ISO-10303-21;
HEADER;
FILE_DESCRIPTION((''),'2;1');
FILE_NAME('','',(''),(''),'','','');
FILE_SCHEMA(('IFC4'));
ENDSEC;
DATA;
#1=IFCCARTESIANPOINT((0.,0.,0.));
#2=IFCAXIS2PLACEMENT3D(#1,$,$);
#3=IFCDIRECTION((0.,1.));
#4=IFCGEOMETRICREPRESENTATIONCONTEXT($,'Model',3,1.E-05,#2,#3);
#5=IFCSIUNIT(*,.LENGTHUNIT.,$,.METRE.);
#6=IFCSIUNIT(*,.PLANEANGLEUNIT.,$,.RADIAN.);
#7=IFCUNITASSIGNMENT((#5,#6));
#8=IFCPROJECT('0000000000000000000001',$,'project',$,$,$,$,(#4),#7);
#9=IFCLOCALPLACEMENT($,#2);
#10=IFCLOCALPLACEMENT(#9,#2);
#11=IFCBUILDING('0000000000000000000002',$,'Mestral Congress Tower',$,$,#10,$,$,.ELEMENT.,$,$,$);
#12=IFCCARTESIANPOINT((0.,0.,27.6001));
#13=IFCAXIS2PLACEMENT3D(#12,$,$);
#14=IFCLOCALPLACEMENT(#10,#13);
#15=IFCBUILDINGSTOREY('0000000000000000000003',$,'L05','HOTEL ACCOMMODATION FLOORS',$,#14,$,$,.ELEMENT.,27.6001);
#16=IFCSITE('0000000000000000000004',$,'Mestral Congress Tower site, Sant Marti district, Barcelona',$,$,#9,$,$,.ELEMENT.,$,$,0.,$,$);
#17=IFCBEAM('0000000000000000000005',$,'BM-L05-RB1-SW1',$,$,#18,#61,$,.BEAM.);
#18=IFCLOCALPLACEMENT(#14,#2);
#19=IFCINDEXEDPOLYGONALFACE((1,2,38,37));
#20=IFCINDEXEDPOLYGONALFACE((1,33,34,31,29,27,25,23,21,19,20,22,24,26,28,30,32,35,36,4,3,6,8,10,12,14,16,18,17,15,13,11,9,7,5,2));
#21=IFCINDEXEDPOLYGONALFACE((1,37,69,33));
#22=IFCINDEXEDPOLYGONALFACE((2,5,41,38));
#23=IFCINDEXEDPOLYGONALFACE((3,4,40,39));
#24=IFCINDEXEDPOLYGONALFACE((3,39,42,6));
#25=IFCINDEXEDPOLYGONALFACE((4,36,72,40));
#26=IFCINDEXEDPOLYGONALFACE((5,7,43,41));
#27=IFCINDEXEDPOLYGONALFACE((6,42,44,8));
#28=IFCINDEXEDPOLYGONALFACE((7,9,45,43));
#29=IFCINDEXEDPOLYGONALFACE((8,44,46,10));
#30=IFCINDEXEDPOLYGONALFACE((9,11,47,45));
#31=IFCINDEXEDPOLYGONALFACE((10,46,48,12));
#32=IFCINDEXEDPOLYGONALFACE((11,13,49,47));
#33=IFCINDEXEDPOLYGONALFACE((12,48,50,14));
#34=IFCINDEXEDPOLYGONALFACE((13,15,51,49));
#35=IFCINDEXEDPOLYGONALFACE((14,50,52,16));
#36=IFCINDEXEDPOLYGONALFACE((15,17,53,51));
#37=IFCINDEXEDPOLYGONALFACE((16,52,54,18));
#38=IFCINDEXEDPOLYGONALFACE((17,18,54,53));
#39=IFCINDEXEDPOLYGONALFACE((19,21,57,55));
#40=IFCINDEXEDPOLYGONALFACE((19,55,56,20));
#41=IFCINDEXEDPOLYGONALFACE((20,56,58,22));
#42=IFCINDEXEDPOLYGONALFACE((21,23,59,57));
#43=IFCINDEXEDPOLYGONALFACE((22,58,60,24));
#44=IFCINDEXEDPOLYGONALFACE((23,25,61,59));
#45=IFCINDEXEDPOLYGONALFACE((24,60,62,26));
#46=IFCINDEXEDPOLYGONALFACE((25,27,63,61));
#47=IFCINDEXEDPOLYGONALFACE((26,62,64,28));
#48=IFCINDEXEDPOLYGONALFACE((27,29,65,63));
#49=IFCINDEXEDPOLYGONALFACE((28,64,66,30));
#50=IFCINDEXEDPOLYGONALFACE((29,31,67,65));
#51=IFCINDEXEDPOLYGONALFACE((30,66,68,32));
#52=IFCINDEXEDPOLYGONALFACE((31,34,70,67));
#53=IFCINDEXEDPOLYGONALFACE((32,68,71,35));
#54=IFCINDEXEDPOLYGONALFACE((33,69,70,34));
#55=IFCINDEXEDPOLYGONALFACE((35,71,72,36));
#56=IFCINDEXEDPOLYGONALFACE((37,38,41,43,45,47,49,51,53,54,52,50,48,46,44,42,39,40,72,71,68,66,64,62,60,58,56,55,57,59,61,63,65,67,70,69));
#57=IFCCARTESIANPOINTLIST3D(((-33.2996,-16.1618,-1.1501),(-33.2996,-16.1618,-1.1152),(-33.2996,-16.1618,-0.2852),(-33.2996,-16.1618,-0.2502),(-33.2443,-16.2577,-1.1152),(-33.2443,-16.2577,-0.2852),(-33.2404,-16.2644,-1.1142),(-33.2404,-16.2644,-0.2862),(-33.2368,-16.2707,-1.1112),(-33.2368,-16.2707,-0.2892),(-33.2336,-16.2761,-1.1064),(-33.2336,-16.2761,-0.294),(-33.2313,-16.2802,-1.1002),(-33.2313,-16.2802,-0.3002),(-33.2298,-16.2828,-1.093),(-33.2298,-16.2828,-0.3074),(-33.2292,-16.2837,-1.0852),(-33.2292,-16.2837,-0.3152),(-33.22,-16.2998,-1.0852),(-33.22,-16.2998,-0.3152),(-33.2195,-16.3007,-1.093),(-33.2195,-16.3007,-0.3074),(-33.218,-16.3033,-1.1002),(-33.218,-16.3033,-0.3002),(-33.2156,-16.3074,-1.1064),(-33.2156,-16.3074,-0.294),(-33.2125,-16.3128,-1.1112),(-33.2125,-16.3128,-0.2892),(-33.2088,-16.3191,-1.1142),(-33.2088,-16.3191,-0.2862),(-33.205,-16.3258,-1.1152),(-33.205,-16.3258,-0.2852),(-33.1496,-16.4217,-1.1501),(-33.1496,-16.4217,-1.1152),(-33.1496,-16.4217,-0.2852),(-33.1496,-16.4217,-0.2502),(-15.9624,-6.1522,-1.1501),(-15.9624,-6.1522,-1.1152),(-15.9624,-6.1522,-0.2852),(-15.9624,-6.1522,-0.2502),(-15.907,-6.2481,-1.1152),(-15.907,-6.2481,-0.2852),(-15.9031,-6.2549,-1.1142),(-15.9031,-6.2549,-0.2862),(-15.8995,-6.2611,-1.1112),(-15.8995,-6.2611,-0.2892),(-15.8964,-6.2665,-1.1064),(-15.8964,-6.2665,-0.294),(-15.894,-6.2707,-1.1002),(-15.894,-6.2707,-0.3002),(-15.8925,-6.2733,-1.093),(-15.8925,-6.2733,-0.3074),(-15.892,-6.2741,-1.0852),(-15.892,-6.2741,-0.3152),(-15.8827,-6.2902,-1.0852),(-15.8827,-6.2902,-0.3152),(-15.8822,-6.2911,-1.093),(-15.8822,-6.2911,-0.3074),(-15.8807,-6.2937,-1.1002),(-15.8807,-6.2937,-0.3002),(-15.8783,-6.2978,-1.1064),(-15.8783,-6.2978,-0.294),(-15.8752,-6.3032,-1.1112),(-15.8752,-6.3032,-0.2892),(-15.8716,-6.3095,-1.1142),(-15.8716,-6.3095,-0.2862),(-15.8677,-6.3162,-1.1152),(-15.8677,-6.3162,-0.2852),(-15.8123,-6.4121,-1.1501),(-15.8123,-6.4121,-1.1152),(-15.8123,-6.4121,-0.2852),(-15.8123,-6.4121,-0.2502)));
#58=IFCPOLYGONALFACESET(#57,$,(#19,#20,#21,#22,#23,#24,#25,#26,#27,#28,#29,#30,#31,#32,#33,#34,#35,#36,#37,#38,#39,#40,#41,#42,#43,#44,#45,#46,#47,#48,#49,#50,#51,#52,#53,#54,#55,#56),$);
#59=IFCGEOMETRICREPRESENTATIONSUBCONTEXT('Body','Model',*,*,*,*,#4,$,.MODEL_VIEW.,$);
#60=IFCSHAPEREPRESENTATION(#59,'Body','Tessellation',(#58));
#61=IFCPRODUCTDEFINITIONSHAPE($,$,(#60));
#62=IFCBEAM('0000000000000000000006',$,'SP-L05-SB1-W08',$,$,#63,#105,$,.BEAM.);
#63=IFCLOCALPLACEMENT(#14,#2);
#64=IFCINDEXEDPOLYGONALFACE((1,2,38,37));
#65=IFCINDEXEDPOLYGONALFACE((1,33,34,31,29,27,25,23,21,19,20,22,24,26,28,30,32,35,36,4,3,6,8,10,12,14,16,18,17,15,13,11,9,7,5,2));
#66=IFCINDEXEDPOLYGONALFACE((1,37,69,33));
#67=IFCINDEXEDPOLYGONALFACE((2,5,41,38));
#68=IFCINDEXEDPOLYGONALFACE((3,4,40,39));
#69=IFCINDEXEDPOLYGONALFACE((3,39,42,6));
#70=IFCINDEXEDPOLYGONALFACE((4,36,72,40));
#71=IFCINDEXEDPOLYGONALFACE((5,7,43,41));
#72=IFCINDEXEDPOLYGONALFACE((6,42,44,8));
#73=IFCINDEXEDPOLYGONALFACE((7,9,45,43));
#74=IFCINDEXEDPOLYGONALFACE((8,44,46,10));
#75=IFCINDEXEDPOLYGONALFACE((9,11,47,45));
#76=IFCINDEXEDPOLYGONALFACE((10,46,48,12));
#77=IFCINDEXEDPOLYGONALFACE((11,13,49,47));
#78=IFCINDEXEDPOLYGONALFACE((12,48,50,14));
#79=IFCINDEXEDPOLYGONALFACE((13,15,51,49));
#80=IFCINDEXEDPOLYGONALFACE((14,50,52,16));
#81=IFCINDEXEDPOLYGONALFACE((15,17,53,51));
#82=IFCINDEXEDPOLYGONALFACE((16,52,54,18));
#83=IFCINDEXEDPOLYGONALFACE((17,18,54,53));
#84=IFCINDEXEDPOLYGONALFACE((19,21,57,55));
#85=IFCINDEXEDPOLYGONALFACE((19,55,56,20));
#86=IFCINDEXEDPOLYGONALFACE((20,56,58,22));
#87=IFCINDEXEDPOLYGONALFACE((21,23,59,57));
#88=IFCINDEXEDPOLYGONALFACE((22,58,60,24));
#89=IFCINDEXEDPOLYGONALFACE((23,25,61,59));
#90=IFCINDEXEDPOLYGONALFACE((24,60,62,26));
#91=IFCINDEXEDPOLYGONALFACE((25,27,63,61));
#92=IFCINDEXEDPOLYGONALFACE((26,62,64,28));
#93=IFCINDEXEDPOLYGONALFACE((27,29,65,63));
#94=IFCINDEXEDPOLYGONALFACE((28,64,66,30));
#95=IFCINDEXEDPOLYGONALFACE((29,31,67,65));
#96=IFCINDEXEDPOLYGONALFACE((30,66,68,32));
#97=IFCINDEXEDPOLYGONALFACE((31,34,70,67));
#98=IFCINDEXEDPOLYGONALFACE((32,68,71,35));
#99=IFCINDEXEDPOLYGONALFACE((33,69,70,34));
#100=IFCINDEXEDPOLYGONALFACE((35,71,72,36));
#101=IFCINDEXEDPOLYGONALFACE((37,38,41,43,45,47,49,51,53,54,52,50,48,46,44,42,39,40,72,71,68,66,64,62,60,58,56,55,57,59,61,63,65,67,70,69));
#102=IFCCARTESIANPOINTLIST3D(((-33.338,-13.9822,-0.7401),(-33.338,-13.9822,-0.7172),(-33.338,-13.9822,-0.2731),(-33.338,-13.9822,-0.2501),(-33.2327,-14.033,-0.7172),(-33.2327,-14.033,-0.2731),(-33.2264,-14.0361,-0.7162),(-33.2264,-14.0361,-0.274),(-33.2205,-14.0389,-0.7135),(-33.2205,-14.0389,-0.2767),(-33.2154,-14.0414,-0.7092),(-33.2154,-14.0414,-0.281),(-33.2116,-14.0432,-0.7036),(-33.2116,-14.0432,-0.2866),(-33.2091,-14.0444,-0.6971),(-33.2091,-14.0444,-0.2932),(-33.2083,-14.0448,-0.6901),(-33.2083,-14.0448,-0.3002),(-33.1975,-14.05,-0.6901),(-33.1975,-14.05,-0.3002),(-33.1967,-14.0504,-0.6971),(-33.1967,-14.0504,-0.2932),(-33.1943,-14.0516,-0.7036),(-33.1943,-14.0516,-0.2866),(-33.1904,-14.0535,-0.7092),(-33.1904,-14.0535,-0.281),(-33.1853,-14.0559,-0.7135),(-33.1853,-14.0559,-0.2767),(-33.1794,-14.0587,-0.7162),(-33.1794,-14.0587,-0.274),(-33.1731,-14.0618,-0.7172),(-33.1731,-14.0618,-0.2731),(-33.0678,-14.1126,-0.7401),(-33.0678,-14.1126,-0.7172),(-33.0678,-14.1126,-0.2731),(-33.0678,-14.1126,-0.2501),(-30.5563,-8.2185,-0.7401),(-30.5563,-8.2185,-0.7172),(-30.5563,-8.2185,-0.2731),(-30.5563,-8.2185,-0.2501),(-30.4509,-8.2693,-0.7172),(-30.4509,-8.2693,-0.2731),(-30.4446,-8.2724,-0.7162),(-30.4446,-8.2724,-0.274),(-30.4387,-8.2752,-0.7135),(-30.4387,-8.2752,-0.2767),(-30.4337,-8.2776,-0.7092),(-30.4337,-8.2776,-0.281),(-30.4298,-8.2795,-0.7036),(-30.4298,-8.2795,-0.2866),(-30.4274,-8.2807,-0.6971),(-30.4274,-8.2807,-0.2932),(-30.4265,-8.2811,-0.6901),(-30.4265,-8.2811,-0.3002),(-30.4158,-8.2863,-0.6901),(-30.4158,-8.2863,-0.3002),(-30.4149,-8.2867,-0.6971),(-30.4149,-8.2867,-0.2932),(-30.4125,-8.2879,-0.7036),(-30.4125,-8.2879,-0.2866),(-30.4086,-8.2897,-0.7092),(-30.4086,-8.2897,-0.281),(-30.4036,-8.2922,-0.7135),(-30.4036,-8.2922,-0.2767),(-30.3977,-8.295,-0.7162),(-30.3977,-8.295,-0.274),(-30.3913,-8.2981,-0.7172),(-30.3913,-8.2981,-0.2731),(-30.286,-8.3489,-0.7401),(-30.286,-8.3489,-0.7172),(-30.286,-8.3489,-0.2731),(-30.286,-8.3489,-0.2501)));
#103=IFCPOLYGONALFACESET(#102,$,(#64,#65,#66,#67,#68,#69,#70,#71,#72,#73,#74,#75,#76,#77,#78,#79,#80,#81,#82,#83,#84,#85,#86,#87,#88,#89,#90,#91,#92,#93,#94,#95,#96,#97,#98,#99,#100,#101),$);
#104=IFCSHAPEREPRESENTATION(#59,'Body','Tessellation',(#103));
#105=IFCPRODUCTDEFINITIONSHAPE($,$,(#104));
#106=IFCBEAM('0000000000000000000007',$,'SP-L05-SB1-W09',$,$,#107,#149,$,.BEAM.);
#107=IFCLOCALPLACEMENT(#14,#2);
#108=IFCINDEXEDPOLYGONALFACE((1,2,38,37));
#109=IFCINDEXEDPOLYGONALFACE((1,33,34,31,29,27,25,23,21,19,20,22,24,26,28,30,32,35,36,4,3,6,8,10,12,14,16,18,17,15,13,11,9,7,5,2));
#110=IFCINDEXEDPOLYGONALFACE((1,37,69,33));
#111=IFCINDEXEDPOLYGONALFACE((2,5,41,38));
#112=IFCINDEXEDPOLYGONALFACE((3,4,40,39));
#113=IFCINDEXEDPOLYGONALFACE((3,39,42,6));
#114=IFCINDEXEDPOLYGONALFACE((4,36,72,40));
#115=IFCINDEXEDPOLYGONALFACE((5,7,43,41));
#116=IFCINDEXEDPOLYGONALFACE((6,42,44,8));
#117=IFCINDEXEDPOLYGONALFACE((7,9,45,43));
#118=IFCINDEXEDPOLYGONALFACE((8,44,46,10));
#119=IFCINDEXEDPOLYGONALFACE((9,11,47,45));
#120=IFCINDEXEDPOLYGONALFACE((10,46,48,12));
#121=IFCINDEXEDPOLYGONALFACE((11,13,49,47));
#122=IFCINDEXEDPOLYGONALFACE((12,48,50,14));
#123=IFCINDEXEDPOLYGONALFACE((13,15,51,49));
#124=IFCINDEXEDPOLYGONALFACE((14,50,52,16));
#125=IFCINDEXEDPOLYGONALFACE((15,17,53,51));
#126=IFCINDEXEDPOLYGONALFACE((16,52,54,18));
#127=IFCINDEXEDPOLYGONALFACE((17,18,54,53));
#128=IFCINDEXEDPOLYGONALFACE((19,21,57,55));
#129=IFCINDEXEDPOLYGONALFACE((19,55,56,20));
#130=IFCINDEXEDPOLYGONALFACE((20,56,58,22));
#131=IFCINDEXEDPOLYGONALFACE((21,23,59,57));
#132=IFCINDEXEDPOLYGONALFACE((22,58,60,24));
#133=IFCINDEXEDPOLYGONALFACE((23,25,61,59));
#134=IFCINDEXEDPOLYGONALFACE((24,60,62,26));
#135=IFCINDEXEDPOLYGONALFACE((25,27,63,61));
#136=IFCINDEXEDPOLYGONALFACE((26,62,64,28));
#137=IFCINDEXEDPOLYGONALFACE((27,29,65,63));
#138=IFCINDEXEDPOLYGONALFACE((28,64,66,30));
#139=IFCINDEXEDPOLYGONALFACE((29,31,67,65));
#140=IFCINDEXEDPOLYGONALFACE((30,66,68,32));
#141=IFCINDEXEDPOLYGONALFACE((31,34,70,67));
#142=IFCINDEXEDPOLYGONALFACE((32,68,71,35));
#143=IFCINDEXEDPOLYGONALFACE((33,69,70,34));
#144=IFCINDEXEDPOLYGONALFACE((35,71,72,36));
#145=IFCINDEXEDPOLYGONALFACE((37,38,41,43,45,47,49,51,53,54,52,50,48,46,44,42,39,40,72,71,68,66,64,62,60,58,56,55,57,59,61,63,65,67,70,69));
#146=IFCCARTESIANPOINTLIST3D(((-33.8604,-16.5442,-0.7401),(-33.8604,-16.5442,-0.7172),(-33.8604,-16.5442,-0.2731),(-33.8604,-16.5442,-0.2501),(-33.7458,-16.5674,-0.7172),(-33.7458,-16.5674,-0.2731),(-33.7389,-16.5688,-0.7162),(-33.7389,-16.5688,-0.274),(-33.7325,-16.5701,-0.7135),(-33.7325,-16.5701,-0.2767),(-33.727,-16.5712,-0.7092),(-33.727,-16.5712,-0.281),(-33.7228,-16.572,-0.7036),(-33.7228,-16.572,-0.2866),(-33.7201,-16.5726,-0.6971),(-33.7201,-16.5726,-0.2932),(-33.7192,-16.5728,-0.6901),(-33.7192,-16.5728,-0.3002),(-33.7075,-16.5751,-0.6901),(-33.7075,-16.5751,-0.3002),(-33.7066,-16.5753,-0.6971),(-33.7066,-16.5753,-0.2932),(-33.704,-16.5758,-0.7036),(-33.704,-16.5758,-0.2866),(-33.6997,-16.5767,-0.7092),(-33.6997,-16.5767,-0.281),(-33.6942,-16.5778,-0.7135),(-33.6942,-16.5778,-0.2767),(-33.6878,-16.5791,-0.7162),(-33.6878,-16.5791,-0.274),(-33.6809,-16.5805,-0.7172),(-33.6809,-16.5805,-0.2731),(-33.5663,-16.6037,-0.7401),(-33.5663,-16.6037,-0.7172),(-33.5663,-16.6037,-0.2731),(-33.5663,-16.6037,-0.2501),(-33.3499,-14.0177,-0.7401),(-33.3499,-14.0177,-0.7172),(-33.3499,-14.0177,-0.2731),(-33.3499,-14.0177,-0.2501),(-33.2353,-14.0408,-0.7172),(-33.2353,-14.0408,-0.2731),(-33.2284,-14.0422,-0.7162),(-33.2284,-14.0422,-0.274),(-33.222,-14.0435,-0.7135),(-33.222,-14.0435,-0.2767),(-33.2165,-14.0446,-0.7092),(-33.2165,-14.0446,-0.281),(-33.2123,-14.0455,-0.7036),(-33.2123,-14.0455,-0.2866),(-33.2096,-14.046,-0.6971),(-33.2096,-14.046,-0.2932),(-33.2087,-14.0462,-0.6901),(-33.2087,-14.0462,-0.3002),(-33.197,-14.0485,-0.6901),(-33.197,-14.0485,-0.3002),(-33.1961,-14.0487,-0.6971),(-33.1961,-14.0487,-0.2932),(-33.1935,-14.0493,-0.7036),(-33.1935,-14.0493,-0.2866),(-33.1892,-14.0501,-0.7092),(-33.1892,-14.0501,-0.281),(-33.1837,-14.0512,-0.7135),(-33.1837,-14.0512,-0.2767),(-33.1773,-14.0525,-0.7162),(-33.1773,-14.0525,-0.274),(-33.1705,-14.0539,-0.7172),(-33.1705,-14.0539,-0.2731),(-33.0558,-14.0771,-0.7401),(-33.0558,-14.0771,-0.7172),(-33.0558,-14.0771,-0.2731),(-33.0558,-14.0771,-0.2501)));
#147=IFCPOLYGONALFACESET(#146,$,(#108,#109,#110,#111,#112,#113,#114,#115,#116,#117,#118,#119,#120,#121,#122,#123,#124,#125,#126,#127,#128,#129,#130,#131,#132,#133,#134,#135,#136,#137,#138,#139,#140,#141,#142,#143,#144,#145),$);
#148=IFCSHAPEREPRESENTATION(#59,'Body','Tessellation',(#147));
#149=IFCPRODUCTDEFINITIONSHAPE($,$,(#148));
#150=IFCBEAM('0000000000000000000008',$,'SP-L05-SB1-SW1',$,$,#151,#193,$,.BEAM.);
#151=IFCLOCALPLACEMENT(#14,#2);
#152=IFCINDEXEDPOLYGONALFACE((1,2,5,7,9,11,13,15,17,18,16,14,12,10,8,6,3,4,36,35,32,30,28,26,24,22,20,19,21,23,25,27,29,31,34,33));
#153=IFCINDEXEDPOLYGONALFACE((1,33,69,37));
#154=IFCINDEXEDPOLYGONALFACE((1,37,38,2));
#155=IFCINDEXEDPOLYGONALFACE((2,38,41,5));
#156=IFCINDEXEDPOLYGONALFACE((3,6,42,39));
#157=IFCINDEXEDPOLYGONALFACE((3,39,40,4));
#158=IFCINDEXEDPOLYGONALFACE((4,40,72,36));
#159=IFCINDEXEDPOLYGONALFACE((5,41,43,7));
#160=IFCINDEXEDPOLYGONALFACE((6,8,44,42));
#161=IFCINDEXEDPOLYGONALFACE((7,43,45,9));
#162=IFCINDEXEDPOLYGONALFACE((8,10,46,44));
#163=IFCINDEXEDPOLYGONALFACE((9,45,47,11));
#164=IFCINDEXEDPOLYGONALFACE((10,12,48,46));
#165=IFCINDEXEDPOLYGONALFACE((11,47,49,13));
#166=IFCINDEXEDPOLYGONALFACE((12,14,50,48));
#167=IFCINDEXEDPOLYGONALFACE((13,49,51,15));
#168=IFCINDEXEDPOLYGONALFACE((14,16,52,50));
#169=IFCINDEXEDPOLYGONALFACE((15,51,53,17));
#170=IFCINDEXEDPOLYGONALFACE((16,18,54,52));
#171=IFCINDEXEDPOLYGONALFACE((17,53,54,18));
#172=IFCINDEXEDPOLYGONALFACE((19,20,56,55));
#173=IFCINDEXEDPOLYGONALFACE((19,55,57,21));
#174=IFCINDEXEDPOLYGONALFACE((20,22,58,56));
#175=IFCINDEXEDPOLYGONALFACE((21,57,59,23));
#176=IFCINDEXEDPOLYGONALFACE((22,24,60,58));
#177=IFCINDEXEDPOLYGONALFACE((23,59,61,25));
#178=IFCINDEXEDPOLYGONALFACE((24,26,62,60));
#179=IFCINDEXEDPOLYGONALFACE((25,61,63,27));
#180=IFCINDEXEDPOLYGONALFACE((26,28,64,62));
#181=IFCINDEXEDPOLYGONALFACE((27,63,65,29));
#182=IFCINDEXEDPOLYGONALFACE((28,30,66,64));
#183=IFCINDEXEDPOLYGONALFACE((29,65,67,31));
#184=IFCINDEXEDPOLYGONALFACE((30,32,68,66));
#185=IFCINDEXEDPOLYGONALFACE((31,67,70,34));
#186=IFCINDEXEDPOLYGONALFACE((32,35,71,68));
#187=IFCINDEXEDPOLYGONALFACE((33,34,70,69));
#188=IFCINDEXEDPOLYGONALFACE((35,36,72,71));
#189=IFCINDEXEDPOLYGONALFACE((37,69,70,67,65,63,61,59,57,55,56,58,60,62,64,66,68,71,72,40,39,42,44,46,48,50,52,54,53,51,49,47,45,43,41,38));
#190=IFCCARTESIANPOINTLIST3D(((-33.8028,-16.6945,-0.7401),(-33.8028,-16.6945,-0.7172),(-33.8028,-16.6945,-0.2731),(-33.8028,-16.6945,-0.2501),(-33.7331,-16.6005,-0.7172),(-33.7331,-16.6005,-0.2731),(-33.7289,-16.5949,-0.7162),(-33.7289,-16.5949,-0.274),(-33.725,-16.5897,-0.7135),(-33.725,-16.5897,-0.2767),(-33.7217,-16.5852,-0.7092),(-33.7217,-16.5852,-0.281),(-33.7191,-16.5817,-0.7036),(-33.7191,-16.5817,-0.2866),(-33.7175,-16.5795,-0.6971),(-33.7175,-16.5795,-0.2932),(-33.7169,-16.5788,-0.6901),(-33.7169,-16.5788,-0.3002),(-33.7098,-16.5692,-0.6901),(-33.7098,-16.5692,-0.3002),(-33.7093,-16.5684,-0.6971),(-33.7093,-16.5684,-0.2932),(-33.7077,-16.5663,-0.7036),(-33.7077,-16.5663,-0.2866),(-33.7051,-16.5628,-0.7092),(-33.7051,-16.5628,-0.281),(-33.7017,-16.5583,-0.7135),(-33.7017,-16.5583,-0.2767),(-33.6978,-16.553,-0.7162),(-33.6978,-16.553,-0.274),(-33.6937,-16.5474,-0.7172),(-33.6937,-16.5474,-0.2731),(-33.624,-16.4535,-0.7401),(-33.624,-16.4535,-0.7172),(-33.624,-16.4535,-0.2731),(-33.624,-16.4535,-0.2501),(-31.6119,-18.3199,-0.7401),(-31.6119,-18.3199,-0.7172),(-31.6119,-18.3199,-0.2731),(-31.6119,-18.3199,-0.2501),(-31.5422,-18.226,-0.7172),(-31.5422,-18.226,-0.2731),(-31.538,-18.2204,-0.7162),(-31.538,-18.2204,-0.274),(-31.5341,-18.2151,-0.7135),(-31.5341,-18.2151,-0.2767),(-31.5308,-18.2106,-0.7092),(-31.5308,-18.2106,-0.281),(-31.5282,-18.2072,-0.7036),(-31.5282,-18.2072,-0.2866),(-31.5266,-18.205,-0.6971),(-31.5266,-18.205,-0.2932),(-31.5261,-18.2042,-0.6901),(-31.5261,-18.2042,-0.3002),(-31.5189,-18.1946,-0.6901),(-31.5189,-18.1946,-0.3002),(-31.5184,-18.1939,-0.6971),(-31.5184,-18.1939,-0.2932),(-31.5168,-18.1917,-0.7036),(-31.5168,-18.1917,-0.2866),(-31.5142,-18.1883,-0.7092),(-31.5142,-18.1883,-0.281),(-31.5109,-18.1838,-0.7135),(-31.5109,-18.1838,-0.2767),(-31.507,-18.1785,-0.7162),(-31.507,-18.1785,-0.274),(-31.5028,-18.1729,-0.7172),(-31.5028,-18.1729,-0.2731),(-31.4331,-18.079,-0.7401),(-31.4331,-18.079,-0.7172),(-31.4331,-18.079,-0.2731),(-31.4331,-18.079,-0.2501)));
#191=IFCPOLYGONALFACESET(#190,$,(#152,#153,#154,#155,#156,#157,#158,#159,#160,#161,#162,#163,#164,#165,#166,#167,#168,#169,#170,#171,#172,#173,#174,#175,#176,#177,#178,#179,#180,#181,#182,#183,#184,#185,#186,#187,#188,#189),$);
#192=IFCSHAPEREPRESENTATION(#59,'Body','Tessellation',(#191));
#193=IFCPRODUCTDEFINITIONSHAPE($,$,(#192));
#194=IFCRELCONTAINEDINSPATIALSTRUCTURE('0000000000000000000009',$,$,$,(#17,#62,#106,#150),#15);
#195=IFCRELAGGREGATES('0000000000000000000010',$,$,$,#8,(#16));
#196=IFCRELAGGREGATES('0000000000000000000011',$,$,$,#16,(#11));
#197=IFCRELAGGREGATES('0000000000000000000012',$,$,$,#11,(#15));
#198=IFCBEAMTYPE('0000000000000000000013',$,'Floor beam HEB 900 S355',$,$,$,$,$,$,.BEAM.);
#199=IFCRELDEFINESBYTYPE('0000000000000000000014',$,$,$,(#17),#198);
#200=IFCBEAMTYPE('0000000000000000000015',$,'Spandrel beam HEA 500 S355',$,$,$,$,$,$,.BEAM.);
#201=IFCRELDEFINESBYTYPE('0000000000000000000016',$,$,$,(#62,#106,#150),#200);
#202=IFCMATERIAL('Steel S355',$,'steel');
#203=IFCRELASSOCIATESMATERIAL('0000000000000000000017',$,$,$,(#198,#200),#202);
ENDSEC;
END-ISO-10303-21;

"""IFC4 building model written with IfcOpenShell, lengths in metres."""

from ifc_helpers import new_model, si_unit, direction, frame, origin, origin_2d, place, context, subcontext, project, spatial, i_section, extrude, material, material_profile, profile_set, type_object, element, save


model = new_model("IFC4")

# Units and contexts
model_context = context("Model", 3, precision=1e-05, world=origin(), true_north=direction((0.0, 1.0)))
body_context = subcontext(model_context, "Body", "Model", "MODEL_VIEW")
ifc_project = project(units=[si_unit("LENGTHUNIT", "METRE"), si_unit("PLANEANGLEUNIT", "RADIAN")], contexts=[model_context])

# Site, building, storey
site_placement = place(None, origin())
site = spatial("IfcSite", under=ifc_project, at=site_placement, Name="Mestral Congress Tower site, Sant Marti district, Barcelona", CompositionType="ELEMENT", RefElevation=0.0)
building_placement = place(site_placement, origin())
building = spatial("IfcBuilding", under=site, at=building_placement, Name="Mestral Congress Tower", CompositionType="ELEMENT")
storey_placement = place(building_placement, frame((0.0, 0.0, 27.6001)))
storey = spatial("IfcBuildingStorey", under=building, at=storey_placement, Name="L05", Description="HOTEL ACCOMMODATION FLOORS", CompositionType="ELEMENT", Elevation=27.6001)

# Beams
ifc_material_1 = material(Name="Steel S355", Category="steel")
ifc_material_profile_1 = material_profile(ifc_material_1, i_section(OverallWidth=0.3, OverallDepth=0.8999, WebThickness=0.0186, FlangeThickness=0.0349, FilletRadius=0.03, at=origin_2d()), Name="HEB 900")
ifc_profile_set_1 = profile_set([ifc_material_profile_1], Name="Steel S355")
beam_type_1 = type_object("IfcBeamType", Name="Floor beam HEB 900 S355", PredefinedType="BEAM", material=ifc_profile_set_1)
beam_1_placement = place(storey_placement, frame((-33.2246, -16.2917, -0.7002), z_axis=(0.866027, 0.499997, 0.0), x_axis=(-0.499997, 0.866027, 0.0)))
element("IfcBeam", 1, at=beam_1_placement, inside=storey, type_object=beam_type_1, Name="BM-L05-RB1-SW1", PredefinedType="BEAM", context=body_context, shape_type="SweptSolid", body=[
    extrude(i_section(OverallWidth=0.3, OverallDepth=0.8999, WebThickness=0.0186, FlangeThickness=0.0349, FilletRadius=0.03, at=origin_2d()), origin(), (0.0, 0.0, 1.0), 20.0193),
])
ifc_material_profile_2 = material_profile(ifc_material_1, i_section(OverallWidth=0.3, OverallDepth=0.49, WebThickness=0.012, FlangeThickness=0.0229, FilletRadius=0.0271, at=origin_2d()), Name="HEA 500")
ifc_profile_set_2 = profile_set([ifc_material_profile_2], Name="Steel S355")
beam_type_2 = type_object("IfcBeamType", Name="Spandrel beam HEA 500 S355", PredefinedType="BEAM", material=ifc_profile_set_2)
beam_2_placement = place(storey_placement, frame((-30.4211, -8.2837, -0.4951), z_axis=(-0.434657, -0.900596, 0.0), x_axis=(0.900596, -0.434657, 0.0)))
element("IfcBeam", 2, at=beam_2_placement, inside=storey, type_object=beam_type_2, Name="SP-L05-SB1-W08", PredefinedType="BEAM", context=body_context, shape_type="SweptSolid", body=[
    extrude(i_section(OverallWidth=0.3, OverallDepth=0.49, WebThickness=0.012, FlangeThickness=0.0229, FilletRadius=0.0271, at=origin_2d()), origin(), (0.0, 0.0, 1.0), 6.3999),
])
beam_3_placement = place(storey_placement, frame((-33.2029, -14.0474, -0.4951), z_axis=(-0.198046, -0.980193, 0.0), x_axis=(0.980193, -0.198046, 0.0)))
element("IfcBeam", 3, at=beam_3_placement, inside=storey, type_object=beam_type_2, Name="SP-L05-SB1-W09", PredefinedType="BEAM", context=body_context, shape_type="SweptSolid", body=[
    extrude(i_section(OverallWidth=0.3, OverallDepth=0.49, WebThickness=0.012, FlangeThickness=0.0229, FilletRadius=0.0271, at=origin_2d()), origin(), (0.0, 0.0, 1.0), 2.5776),
])
beam_4_placement = place(storey_placement, frame((-33.7134, -16.574, -0.4951), z_axis=(0.803104, -0.595839, 0.0), x_axis=(0.595839, 0.803104, 0.0)))
element("IfcBeam", 4, at=beam_4_placement, inside=storey, type_object=beam_type_2, Name="SP-L05-SB1-SW1", PredefinedType="BEAM", context=body_context, shape_type="SweptSolid", body=[
    extrude(i_section(OverallWidth=0.3, OverallDepth=0.49, WebThickness=0.012, FlangeThickness=0.0229, FilletRadius=0.0271, at=origin_2d()), origin(), (0.0, 0.0, 1.0), 2.728),
])

save(model, "model.ifc")
